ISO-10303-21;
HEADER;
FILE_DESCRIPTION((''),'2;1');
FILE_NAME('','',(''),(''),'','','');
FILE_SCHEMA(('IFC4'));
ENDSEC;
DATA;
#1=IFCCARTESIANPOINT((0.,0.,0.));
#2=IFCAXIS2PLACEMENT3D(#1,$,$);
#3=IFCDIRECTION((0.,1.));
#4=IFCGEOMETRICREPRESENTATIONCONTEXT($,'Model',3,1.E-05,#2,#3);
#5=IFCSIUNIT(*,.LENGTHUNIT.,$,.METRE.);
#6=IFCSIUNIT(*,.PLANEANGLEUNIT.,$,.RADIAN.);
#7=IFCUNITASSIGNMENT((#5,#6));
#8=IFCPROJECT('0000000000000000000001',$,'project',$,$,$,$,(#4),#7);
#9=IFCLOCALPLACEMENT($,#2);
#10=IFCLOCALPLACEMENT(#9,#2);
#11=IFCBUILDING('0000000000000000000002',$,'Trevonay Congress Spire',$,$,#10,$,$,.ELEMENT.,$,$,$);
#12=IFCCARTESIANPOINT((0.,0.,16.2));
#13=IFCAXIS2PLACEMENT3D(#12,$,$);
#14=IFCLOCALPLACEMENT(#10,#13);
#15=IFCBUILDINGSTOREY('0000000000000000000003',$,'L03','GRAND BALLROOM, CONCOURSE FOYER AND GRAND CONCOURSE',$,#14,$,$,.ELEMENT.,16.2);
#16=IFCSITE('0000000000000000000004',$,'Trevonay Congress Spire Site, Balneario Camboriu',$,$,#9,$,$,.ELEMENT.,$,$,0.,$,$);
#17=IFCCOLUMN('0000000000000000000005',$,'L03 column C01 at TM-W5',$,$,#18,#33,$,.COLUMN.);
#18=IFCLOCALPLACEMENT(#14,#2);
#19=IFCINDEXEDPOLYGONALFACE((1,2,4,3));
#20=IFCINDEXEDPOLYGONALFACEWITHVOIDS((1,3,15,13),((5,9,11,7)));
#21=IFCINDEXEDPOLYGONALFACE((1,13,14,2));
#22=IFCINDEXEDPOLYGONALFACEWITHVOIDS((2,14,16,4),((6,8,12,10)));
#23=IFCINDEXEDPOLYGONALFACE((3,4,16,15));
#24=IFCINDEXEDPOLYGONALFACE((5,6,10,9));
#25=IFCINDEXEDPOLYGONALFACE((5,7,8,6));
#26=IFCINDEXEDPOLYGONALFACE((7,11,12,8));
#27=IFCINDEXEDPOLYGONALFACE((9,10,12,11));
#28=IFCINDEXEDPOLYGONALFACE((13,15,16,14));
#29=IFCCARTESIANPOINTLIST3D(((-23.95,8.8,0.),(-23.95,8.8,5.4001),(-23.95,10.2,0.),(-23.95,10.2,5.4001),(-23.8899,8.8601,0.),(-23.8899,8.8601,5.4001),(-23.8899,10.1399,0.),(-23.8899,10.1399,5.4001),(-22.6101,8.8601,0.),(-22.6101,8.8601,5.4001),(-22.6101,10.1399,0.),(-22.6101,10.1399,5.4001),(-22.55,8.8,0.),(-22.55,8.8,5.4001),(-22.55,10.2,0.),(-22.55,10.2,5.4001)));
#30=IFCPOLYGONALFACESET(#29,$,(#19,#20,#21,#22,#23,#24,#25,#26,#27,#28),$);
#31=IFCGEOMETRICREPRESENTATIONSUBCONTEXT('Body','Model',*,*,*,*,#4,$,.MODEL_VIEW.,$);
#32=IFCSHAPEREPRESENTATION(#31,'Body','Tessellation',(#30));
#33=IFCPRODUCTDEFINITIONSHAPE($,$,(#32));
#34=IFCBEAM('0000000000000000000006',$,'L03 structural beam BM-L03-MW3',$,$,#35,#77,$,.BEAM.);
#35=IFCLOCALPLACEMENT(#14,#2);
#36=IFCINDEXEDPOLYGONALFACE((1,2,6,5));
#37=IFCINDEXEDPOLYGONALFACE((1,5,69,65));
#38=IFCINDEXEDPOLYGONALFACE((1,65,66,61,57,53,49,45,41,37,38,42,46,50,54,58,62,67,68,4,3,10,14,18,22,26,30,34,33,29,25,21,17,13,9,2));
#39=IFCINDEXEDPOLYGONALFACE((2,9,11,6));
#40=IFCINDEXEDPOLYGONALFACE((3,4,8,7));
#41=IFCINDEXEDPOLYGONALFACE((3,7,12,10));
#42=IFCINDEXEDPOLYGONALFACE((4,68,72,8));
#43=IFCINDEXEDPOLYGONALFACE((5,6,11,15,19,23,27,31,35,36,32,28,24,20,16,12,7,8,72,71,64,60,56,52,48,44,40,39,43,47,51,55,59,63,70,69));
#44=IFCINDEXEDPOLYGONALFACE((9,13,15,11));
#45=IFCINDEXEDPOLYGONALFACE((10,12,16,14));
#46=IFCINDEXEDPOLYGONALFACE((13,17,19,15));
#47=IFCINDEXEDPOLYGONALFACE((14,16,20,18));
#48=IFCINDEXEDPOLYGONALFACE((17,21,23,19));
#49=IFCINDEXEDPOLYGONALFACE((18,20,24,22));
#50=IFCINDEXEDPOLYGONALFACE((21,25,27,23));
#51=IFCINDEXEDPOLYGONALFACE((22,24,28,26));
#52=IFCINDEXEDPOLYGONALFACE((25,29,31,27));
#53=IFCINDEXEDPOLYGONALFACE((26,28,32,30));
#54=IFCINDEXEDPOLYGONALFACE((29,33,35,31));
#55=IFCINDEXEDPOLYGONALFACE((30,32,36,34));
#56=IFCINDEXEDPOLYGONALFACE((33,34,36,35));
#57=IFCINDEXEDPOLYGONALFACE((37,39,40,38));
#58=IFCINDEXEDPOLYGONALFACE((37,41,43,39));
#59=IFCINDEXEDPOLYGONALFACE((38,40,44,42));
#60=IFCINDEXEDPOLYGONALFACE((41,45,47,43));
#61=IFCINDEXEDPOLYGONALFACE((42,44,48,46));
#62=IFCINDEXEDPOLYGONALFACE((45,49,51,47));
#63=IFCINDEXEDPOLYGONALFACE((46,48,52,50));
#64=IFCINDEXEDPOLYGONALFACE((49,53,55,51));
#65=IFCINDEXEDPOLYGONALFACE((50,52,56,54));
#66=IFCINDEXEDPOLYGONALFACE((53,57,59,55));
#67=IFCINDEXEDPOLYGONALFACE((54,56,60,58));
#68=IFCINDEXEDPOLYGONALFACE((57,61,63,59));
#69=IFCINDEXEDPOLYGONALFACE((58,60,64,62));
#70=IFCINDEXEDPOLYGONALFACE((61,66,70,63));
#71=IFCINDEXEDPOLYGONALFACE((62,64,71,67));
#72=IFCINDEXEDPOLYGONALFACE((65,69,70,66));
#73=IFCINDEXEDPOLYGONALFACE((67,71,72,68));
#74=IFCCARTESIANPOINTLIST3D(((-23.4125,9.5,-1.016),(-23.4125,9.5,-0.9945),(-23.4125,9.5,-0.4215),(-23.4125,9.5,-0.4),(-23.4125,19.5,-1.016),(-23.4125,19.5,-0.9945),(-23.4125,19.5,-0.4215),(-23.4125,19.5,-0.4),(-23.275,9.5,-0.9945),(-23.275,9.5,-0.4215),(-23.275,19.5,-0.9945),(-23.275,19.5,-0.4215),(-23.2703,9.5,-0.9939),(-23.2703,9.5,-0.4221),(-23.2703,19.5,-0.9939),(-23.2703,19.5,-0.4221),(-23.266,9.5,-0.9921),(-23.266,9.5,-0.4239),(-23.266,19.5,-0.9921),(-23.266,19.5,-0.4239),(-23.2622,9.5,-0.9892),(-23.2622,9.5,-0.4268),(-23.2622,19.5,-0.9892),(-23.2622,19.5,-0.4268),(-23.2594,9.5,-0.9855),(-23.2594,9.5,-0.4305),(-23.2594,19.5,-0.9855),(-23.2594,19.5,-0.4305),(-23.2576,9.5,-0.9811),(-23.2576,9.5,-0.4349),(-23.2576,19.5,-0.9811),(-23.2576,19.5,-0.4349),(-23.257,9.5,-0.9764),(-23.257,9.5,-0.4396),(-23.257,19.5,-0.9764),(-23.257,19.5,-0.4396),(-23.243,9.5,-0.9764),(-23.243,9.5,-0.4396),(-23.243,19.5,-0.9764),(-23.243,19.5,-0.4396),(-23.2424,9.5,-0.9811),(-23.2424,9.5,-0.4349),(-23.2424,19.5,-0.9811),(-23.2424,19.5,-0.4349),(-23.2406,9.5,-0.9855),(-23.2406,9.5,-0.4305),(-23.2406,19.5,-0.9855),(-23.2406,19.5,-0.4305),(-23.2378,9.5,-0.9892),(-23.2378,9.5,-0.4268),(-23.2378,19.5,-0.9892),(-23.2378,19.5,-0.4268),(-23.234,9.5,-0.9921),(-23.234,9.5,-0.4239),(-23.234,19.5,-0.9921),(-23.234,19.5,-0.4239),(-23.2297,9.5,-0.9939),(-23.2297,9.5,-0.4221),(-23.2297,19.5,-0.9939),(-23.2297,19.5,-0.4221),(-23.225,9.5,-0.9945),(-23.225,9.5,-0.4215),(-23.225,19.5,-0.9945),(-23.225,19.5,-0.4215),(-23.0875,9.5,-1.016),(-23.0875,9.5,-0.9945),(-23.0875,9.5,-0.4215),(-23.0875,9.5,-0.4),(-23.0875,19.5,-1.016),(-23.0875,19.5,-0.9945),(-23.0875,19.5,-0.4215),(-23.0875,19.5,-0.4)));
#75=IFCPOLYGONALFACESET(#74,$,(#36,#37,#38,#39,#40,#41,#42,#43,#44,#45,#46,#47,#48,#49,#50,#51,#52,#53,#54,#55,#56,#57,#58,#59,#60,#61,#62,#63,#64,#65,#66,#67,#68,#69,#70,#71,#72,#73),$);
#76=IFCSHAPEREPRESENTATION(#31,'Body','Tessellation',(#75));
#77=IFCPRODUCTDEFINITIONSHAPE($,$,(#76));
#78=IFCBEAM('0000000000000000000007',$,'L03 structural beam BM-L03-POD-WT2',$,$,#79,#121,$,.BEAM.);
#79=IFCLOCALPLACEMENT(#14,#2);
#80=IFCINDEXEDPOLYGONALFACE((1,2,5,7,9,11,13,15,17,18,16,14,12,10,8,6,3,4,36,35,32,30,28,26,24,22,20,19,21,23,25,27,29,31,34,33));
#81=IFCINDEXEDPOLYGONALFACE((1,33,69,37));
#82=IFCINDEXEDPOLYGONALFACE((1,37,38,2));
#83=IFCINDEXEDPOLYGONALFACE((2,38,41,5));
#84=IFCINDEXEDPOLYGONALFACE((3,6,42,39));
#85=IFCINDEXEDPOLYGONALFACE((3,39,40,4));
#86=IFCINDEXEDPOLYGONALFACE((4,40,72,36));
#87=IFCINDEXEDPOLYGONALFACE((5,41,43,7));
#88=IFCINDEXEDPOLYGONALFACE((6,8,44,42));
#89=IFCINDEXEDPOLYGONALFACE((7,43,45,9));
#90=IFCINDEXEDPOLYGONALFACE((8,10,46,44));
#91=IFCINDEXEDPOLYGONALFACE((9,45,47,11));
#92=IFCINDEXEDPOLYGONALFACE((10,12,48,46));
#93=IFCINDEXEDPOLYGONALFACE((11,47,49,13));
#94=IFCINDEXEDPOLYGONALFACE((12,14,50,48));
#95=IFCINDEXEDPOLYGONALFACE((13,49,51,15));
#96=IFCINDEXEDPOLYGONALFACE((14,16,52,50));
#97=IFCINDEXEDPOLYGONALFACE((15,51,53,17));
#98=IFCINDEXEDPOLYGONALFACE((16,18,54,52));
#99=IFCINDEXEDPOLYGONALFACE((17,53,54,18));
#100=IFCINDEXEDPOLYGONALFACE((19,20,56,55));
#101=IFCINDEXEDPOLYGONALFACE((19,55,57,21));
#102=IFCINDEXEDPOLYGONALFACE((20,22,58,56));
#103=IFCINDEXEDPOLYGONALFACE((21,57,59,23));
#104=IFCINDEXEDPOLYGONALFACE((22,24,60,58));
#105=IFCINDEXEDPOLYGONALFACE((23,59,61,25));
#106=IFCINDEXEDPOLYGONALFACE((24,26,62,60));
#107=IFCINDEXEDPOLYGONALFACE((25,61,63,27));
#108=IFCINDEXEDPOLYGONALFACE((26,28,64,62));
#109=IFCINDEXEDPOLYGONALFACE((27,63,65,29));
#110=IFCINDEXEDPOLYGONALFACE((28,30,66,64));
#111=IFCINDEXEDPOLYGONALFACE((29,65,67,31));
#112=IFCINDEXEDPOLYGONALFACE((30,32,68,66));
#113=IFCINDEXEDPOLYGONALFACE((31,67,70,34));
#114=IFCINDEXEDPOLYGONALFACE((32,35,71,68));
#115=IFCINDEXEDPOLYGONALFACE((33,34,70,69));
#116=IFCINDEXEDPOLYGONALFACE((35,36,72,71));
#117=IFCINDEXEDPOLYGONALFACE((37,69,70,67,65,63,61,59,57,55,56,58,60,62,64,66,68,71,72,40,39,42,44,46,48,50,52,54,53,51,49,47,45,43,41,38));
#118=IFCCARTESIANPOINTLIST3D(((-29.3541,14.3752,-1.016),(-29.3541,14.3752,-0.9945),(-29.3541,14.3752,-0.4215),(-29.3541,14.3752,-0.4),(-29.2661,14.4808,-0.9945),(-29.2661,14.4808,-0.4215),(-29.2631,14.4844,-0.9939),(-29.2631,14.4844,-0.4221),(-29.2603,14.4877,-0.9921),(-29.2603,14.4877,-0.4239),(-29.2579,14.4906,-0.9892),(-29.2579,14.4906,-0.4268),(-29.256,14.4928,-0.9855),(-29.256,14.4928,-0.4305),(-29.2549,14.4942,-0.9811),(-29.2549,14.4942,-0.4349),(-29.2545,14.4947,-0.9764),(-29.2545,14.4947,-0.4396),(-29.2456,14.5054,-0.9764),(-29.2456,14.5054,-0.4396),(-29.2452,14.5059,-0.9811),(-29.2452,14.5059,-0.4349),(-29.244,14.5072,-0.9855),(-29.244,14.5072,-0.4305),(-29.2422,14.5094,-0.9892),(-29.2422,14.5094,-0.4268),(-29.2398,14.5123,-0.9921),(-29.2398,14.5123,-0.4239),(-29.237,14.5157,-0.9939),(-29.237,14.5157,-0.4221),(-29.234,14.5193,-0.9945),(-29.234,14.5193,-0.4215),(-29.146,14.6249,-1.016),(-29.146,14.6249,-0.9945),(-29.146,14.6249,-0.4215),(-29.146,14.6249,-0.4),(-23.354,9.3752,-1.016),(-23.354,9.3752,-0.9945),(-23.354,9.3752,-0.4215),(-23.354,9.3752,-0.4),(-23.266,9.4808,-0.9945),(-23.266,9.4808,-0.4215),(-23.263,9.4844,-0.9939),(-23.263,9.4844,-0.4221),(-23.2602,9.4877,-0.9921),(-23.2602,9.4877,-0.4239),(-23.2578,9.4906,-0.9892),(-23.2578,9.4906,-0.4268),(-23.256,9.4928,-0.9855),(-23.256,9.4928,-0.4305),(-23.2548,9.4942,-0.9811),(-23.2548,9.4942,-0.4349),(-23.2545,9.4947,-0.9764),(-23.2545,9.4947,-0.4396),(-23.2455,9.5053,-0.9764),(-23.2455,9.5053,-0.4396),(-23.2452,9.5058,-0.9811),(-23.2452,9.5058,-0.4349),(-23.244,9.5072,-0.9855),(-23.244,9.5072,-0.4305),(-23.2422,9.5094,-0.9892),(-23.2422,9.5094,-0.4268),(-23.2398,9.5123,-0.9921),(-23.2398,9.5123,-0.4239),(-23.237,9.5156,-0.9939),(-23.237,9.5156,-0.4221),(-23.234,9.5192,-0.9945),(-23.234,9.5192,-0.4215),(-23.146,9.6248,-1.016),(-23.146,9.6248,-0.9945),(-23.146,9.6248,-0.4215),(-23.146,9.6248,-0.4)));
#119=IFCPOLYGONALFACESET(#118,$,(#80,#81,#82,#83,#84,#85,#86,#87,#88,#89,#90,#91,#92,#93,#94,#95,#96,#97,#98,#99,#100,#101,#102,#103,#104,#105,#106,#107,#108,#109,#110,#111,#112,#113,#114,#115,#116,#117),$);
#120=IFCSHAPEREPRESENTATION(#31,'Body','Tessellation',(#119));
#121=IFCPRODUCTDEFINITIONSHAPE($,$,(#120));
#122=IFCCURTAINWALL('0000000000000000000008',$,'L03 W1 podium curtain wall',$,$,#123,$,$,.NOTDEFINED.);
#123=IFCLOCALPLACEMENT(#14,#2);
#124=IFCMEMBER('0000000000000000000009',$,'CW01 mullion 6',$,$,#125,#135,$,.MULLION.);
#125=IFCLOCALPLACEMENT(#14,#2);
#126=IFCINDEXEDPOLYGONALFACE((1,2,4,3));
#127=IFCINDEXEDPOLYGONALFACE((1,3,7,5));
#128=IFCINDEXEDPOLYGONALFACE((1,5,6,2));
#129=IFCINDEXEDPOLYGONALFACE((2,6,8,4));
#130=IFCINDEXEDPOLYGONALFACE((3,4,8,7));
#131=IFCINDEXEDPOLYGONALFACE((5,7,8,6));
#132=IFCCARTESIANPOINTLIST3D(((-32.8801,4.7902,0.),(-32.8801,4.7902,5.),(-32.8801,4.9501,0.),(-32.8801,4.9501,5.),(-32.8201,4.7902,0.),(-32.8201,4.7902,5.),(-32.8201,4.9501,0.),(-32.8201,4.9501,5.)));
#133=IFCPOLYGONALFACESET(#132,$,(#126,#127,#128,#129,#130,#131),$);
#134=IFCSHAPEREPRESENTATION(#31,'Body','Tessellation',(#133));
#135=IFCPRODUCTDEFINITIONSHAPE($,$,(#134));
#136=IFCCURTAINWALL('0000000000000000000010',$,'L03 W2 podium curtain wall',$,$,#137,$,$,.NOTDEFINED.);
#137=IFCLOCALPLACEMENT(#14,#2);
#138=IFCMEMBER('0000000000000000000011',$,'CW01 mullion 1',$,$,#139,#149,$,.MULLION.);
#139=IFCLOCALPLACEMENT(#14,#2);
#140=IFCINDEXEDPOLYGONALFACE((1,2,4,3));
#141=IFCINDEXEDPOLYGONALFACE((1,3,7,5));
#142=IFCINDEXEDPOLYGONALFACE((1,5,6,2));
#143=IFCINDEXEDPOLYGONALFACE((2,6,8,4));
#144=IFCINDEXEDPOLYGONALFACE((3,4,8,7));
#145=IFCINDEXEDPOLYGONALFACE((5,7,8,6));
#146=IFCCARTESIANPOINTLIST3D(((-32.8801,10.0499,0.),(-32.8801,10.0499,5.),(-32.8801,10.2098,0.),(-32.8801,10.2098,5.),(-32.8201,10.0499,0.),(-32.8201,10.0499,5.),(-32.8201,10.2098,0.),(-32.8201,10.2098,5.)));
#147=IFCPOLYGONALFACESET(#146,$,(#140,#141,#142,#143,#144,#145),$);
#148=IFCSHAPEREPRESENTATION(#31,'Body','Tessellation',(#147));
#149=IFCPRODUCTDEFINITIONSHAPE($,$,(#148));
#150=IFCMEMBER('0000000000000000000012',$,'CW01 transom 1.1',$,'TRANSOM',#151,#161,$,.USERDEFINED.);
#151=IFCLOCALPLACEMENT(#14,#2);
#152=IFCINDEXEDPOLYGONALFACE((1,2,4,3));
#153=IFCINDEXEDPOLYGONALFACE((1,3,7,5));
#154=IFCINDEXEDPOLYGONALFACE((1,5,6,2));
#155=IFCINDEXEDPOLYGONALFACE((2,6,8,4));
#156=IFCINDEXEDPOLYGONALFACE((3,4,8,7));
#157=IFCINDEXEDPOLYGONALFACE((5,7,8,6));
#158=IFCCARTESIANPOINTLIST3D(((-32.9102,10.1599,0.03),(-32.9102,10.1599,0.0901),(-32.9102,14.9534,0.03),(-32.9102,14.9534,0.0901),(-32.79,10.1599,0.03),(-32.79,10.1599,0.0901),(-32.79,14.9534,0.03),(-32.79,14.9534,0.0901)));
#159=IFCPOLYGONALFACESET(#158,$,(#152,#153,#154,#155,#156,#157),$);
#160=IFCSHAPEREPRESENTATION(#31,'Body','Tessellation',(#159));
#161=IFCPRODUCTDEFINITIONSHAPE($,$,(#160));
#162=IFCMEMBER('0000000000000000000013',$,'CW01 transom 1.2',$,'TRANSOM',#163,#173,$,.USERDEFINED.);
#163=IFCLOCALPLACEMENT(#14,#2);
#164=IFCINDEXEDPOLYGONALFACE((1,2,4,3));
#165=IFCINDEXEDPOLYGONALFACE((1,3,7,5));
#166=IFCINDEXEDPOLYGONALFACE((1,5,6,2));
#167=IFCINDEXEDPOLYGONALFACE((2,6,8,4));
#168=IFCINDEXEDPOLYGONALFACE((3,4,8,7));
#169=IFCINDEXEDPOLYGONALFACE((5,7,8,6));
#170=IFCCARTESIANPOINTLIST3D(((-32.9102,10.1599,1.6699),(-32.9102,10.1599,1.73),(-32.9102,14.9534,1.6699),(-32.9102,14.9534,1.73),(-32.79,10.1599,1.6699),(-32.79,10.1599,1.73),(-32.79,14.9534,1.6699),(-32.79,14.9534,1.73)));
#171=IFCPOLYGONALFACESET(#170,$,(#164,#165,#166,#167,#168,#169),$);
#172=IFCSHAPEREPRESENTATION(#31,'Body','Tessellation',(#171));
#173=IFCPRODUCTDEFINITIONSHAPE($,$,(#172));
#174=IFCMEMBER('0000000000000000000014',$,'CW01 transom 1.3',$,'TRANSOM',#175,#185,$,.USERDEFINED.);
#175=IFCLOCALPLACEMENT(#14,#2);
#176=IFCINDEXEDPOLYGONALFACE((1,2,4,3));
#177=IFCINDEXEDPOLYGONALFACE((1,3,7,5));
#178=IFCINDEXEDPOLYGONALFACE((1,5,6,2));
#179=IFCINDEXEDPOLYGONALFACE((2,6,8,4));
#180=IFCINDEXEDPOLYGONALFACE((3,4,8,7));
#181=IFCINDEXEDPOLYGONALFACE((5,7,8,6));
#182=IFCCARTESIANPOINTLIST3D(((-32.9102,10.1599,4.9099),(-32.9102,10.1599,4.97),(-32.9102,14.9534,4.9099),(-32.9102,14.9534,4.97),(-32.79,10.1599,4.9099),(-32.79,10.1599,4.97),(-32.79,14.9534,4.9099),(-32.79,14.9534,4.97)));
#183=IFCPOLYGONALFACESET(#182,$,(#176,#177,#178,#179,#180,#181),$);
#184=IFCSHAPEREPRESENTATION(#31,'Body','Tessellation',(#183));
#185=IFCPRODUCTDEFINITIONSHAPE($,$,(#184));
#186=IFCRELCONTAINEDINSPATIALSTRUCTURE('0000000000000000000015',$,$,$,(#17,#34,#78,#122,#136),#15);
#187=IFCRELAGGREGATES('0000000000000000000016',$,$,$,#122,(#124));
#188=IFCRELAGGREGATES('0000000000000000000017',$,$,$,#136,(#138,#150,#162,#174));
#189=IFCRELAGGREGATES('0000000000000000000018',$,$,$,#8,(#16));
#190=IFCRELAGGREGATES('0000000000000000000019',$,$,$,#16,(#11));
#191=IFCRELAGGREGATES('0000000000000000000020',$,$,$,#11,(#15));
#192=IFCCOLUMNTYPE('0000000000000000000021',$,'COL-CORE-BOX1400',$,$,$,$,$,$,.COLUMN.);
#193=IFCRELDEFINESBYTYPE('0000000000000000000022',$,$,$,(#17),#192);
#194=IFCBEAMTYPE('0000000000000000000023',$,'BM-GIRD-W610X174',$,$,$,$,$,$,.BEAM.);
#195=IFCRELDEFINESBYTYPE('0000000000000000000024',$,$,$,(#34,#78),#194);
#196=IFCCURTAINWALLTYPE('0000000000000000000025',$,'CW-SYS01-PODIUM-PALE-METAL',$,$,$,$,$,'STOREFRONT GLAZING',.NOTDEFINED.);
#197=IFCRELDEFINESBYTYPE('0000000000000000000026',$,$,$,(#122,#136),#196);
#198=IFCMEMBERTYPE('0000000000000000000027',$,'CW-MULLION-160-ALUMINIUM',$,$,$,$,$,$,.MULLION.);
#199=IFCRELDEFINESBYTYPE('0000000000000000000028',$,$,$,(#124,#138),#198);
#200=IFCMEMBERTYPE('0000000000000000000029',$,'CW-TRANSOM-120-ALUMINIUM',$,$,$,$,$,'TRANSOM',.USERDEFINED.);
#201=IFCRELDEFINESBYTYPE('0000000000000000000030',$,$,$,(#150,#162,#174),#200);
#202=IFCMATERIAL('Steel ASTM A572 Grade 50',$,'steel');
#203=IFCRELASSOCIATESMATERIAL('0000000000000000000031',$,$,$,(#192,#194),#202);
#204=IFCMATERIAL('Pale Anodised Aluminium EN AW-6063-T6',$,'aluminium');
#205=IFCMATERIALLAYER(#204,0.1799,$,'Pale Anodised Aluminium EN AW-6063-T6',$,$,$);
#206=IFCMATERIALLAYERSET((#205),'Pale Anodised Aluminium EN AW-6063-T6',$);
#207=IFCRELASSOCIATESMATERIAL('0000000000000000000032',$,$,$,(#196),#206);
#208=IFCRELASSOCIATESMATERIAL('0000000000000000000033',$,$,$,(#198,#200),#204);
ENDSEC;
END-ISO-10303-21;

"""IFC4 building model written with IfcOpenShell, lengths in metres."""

from ifc_helpers import new_model, si_unit, direction, frame, origin, origin_2d, place, context, subcontext, project, spatial, rectangle, hollow_rectangle, i_section, extrude, material, layer, layer_set, material_profile, profile_set, type_object, element, aggregate, save


model = new_model("IFC4")

# Units and contexts
model_context = context("Model", 3, precision=1e-05, world=origin(), true_north=direction((0.0, 1.0)))
body_context = subcontext(model_context, "Body", "Model", "MODEL_VIEW")
ifc_project = project(units=[si_unit("LENGTHUNIT", "METRE"), si_unit("PLANEANGLEUNIT", "RADIAN")], contexts=[model_context])

# Site, building, storey
site_placement = place(None, origin())
site = spatial("IfcSite", under=ifc_project, at=site_placement, Name="Trevonay Congress Spire Site, Balneario Camboriu", CompositionType="ELEMENT", RefElevation=0.0)
building_placement = place(site_placement, origin())
building = spatial("IfcBuilding", under=site, at=building_placement, Name="Trevonay Congress Spire", CompositionType="ELEMENT")
storey_placement = place(building_placement, frame((0.0, 0.0, 16.2)))
storey = spatial("IfcBuildingStorey", under=building, at=storey_placement, Name="L03", Description="GRAND BALLROOM, CONCOURSE FOYER AND GRAND CONCOURSE", CompositionType="ELEMENT", Elevation=16.2)

# Column
ifc_material_1 = material(Name="Steel ASTM A572 Grade 50", Category="steel")
ifc_material_profile_1 = material_profile(ifc_material_1, hollow_rectangle(XDim=1.3999, YDim=1.3999, WallThickness=0.0601, at=origin_2d()), Name="BOX 1400x1400x60")
ifc_profile_set_1 = profile_set([ifc_material_profile_1], Name="Steel ASTM A572 Grade 50")
column_type = type_object("IfcColumnType", Name="COL-CORE-BOX1400", PredefinedType="COLUMN", material=ifc_profile_set_1)
column_placement = place(storey_placement, frame((-23.25, 9.5, 0.0), z_axis=(0.0, 0.0, 1.0), x_axis=(1.0, 0.0, 0.0)))
element("IfcColumn", 1, at=column_placement, inside=storey, type_object=column_type, Name="L03 column C01 at TM-W5", PredefinedType="COLUMN", context=body_context, shape_type="SweptSolid", body=[
    extrude(hollow_rectangle(XDim=1.3999, YDim=1.3999, WallThickness=0.0601, at=origin_2d()), origin(), (0.0, 0.0, 1.0), 5.4001),
])

# Beams
ifc_material_profile_2 = material_profile(ifc_material_1, i_section(OverallWidth=0.325, OverallDepth=0.616, WebThickness=0.0139, FlangeThickness=0.0215, FilletRadius=0.0181, at=origin_2d()), Name="W610x174")
ifc_profile_set_2 = profile_set([ifc_material_profile_2], Name="Steel ASTM A572 Grade 50")
beam_type_1 = type_object("IfcBeamType", Name="BM-GIRD-W610X174", PredefinedType="BEAM", material=ifc_profile_set_2)
beam_1_placement = place(storey_placement, frame((-23.25, 9.5, -0.708), z_axis=(0.0, 1.0, 0.0), x_axis=(-1.0, 0.0, 0.0)))
element("IfcBeam", 2, at=beam_1_placement, inside=storey, type_object=beam_type_1, Name="L03 structural beam BM-L03-MW3", PredefinedType="BEAM", context=body_context, shape_type="SweptSolid", body=[
    extrude(i_section(OverallWidth=0.325, OverallDepth=0.616, WebThickness=0.0139, FlangeThickness=0.0215, FilletRadius=0.0181, at=origin_2d()), origin(), (0.0, 0.0, 1.0), 10.0),
])
beam_2_placement = place(storey_placement, frame((-23.25, 9.5, -0.708), z_axis=(-0.768221, 0.640184, 0.0), x_axis=(-0.640184, -0.768221, 0.0)))
element("IfcBeam", 3, at=beam_2_placement, inside=storey, type_object=beam_type_1, Name="L03 structural beam BM-L03-POD-WT2", PredefinedType="BEAM", context=body_context, shape_type="SweptSolid", body=[
    extrude(i_section(OverallWidth=0.325, OverallDepth=0.616, WebThickness=0.0139, FlangeThickness=0.0215, FilletRadius=0.0181, at=origin_2d()), origin(), (0.0, 0.0, 1.0), 7.8103),
])

# Curtain wall, member
ifc_material_2 = material(Name="Pale Anodised Aluminium EN AW-6063-T6", Category="aluminium")
ifc_layer_1 = layer(ifc_material_2, 0.1799, Name="Pale Anodised Aluminium EN AW-6063-T6")
ifc_layer_set_1 = layer_set([ifc_layer_1], Name="Pale Anodised Aluminium EN AW-6063-T6")
curtain_wall_type = type_object("IfcCurtainWallType", Name="CW-SYS01-PODIUM-PALE-METAL", ElementType="STOREFRONT GLAZING", PredefinedType="NOTDEFINED", material=ifc_layer_set_1)
curtain_wall_1_placement = place(storey_placement, origin())
curtain_wall_1 = element("IfcCurtainWall", 4, at=curtain_wall_1_placement, inside=storey, type_object=curtain_wall_type, Name="L03 W1 podium curtain wall", PredefinedType="NOTDEFINED")
ifc_material_profile_3 = material_profile(ifc_material_2, rectangle(XDim=0.0601, YDim=0.1599, at=origin_2d()), Name="CW-MULLION-160-ALUMINIUM")
ifc_profile_set_3 = profile_set([ifc_material_profile_3], Name="Pale Anodised Aluminium EN AW-6063-T6")
member_type_1 = type_object("IfcMemberType", Name="CW-MULLION-160-ALUMINIUM", PredefinedType="MULLION", material=ifc_profile_set_3)
member_1_placement = place(storey_placement, frame((-32.8501, 4.8701, 0.0), z_axis=(0.0, 0.0, 1.0), x_axis=(-1.0, 0.0, 0.0)))
member_1 = element("IfcMember", 5, at=member_1_placement, type_object=member_type_1, Name="CW01 mullion 6", PredefinedType="MULLION", context=body_context, shape_type="SweptSolid", body=[
    extrude(rectangle(XDim=0.0601, YDim=0.1599, at=origin_2d()), origin(), (0.0, 0.0, 1.0), 5.0),
])

# Curtain wall, members
curtain_wall_2_placement = place(storey_placement, origin())
curtain_wall_2 = element("IfcCurtainWall", 6, at=curtain_wall_2_placement, inside=storey, type_object=curtain_wall_type, Name="L03 W2 podium curtain wall", PredefinedType="NOTDEFINED")
member_2_placement = place(storey_placement, frame((-32.8501, 10.1299, 0.0), z_axis=(0.0, 0.0, 1.0), x_axis=(-1.0, 0.0, 0.0)))
member_2 = element("IfcMember", 7, at=member_2_placement, type_object=member_type_1, Name="CW01 mullion 1", PredefinedType="MULLION", context=body_context, shape_type="SweptSolid", body=[
    extrude(rectangle(XDim=0.0601, YDim=0.1599, at=origin_2d()), origin(), (0.0, 0.0, 1.0), 5.0),
])
ifc_material_profile_4 = material_profile(ifc_material_2, rectangle(XDim=0.1201, YDim=0.0601, at=origin_2d()), Name="CW-TRANSOM-120-ALUMINIUM")
ifc_profile_set_4 = profile_set([ifc_material_profile_4], Name="Pale Anodised Aluminium EN AW-6063-T6")
member_type_2 = type_object("IfcMemberType", Name="CW-TRANSOM-120-ALUMINIUM", ElementType="TRANSOM", PredefinedType="USERDEFINED", material=ifc_profile_set_4)
member_3_placement = place(storey_placement, frame((-32.8501, 10.1599, 0.0601), z_axis=(0.0, 1.0, 0.0), x_axis=(-1.0, 0.0, 0.0)))
member_3 = element("IfcMember", 8, at=member_3_placement, type_object=member_type_2, Name="CW01 transom 1.1", ObjectType="TRANSOM", PredefinedType="USERDEFINED", context=body_context, shape_type="SweptSolid", body=[
    extrude(rectangle(XDim=0.1201, YDim=0.0601, at=origin_2d()), origin(), (0.0, 0.0, 1.0), 4.7935),
])
member_4_placement = place(storey_placement, frame((-32.8501, 10.1599, 1.7), z_axis=(0.0, 1.0, 0.0), x_axis=(-1.0, 0.0, 0.0)))
member_4 = element("IfcMember", 9, at=member_4_placement, type_object=member_type_2, Name="CW01 transom 1.2", ObjectType="TRANSOM", PredefinedType="USERDEFINED", context=body_context, shape_type="SweptSolid", body=[
    extrude(rectangle(XDim=0.1201, YDim=0.0601, at=origin_2d()), origin(), (0.0, 0.0, 1.0), 4.7935),
])
member_5_placement = place(storey_placement, frame((-32.8501, 10.1599, 4.9399), z_axis=(0.0, 1.0, 0.0), x_axis=(-1.0, 0.0, 0.0)))
member_5 = element("IfcMember", 10, at=member_5_placement, type_object=member_type_2, Name="CW01 transom 1.3", ObjectType="TRANSOM", PredefinedType="USERDEFINED", context=body_context, shape_type="SweptSolid", body=[
    extrude(rectangle(XDim=0.1201, YDim=0.0601, at=origin_2d()), origin(), (0.0, 0.0, 1.0), 4.7935),
])

aggregate(curtain_wall_1, [member_1])
aggregate(curtain_wall_2, [member_2, member_3, member_4, member_5])

save(model, "model.ifc")
